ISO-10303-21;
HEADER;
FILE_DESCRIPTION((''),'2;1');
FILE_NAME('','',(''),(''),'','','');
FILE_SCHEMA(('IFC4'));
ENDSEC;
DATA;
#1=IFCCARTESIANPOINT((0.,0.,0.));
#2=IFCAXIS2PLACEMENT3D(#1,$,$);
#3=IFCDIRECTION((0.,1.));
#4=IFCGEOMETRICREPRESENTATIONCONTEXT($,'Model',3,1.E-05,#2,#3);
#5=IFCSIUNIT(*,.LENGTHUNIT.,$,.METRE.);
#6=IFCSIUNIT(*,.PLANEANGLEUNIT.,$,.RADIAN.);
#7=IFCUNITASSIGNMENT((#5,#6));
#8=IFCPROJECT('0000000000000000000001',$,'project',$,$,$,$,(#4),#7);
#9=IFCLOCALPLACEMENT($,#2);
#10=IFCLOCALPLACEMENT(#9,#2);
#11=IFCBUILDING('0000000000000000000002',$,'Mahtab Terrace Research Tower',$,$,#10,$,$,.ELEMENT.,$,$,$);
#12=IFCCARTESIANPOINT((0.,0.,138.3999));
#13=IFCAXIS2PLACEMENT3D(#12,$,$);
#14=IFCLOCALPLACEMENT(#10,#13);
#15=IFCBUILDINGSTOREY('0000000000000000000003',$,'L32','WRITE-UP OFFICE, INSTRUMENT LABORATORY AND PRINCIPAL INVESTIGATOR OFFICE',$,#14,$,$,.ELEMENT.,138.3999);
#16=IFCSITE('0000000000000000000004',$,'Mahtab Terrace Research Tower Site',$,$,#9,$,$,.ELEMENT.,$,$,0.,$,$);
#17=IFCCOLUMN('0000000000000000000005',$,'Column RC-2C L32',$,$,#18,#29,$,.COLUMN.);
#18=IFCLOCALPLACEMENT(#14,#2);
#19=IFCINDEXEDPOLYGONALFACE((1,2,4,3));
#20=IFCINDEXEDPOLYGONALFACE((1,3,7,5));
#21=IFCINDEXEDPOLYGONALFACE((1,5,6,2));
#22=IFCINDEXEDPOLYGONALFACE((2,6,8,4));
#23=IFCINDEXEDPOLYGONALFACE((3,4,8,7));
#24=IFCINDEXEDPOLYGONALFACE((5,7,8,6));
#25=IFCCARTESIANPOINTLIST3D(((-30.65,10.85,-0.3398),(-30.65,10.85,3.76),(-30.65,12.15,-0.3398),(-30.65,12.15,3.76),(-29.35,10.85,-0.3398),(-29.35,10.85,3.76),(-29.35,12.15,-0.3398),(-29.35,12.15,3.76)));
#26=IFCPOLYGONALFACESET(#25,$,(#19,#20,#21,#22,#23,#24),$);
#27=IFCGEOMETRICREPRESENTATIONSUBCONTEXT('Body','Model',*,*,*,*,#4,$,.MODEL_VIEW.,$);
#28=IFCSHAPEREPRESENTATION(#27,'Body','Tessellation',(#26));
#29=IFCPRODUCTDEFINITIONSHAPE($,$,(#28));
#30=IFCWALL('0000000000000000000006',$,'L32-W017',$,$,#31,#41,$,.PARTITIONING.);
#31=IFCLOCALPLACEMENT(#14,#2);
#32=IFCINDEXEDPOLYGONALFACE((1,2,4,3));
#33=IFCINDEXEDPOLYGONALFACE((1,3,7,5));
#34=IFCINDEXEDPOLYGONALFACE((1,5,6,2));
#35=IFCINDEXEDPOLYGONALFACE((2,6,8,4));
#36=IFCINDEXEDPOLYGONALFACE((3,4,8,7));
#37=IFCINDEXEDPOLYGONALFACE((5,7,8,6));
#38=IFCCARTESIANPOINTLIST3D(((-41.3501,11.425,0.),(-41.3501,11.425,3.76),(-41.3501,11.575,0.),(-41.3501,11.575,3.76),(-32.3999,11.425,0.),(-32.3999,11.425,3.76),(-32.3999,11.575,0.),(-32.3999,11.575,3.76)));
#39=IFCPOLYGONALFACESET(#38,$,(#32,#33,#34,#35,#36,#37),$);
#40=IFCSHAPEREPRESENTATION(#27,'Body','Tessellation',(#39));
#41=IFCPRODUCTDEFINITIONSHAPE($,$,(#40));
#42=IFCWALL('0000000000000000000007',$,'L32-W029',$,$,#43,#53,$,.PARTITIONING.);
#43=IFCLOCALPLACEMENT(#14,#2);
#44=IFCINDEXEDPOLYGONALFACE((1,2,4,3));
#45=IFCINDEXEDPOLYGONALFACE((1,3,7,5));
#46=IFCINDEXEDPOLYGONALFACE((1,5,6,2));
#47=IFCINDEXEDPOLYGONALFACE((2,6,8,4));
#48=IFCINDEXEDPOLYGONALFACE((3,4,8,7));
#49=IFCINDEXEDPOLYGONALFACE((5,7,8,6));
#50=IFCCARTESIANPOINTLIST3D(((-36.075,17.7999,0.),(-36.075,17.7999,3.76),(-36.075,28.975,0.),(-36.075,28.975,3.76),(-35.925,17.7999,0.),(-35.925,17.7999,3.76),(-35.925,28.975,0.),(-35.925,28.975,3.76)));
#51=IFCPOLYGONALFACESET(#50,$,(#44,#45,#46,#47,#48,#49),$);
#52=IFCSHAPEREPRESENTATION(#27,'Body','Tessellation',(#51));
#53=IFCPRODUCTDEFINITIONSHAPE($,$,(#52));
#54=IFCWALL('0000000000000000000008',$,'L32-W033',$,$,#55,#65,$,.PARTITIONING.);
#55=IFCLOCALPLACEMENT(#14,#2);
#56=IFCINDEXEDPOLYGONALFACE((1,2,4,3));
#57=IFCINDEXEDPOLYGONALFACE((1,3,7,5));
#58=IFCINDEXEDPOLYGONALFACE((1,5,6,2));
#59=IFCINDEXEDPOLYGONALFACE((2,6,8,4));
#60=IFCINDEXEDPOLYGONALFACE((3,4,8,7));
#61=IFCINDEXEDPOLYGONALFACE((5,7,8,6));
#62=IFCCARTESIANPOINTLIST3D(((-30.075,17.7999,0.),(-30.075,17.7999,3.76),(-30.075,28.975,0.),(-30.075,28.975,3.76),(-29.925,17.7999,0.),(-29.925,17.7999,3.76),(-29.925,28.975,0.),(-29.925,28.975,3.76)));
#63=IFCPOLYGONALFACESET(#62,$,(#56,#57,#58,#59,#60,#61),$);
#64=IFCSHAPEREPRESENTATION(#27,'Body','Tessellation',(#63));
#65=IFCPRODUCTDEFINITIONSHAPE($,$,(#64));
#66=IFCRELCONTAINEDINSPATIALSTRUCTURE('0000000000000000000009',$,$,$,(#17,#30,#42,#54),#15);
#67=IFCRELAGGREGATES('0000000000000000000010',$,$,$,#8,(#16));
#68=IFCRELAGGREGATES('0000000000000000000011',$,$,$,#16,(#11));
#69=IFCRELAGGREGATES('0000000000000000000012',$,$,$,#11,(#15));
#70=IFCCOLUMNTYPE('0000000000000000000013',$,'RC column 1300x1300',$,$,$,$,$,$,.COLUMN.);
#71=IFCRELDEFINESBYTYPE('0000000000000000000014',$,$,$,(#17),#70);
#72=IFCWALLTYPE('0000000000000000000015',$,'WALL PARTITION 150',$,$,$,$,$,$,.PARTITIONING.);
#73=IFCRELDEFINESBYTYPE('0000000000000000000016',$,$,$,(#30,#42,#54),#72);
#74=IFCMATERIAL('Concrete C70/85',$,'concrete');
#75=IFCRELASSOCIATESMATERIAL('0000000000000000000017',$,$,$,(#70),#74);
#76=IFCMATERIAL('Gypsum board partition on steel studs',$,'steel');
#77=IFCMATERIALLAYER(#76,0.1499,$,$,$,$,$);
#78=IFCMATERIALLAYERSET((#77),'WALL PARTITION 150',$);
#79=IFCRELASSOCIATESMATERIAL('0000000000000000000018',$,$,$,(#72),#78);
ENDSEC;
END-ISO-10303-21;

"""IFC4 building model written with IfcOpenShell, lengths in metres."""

from ifc_helpers import new_model, si_unit, direction, frame, frame_2d, origin, origin_2d, place, context, subcontext, project, spatial, rectangle, extrude, material, layer, layer_set, material_profile, profile_set, type_object, element, save


model = new_model("IFC4")

# Units and contexts
model_context = context("Model", 3, precision=1e-05, world=origin(), true_north=direction((0.0, 1.0)))
body_context = subcontext(model_context, "Body", "Model", "MODEL_VIEW")
ifc_project = project(units=[si_unit("LENGTHUNIT", "METRE"), si_unit("PLANEANGLEUNIT", "RADIAN")], contexts=[model_context])

# Site, building, storey
site_placement = place(None, origin())
site = spatial("IfcSite", under=ifc_project, at=site_placement, Name="Mahtab Terrace Research Tower Site", CompositionType="ELEMENT", RefElevation=0.0)
building_placement = place(site_placement, origin())
building = spatial("IfcBuilding", under=site, at=building_placement, Name="Mahtab Terrace Research Tower", CompositionType="ELEMENT")
storey_placement = place(building_placement, frame((0.0, 0.0, 138.3999)))
storey = spatial("IfcBuildingStorey", under=building, at=storey_placement, Name="L32", Description="WRITE-UP OFFICE, INSTRUMENT LABORATORY AND PRINCIPAL INVESTIGATOR OFFICE", CompositionType="ELEMENT", Elevation=138.3999)

# Column
ifc_material_1 = material(Name="Concrete C70/85", Category="concrete")
ifc_material_profile = material_profile(ifc_material_1, rectangle(XDim=1.3, YDim=1.3, at=origin_2d()), Name="RC column 1300x1300")
ifc_profile_set = profile_set([ifc_material_profile], Name="Concrete C70/85")
column_type = type_object("IfcColumnType", Name="RC column 1300x1300", PredefinedType="COLUMN", material=ifc_profile_set)
column_placement = place(storey_placement, frame((-30.0, 11.5, -0.3398), z_axis=(0.0, 0.0, 1.0), x_axis=(1.0, 0.0, 0.0)))
element("IfcColumn", 1, at=column_placement, inside=storey, type_object=column_type, Name="Column RC-2C L32", PredefinedType="COLUMN", context=body_context, shape_type="SweptSolid", body=[
    extrude(rectangle(XDim=1.3, YDim=1.3, at=origin_2d()), origin(), (0.0, 0.0, 1.0), 4.0999),
])

# Walls
ifc_material_2 = material(Name="Gypsum board partition on steel studs", Category="steel")
ifc_layer = layer(ifc_material_2, 0.1499)
ifc_layer_set = layer_set([ifc_layer], Name="WALL PARTITION 150")
wall_type = type_object("IfcWallType", Name="WALL PARTITION 150", PredefinedType="PARTITIONING", material=ifc_layer_set)
wall_placement = place(storey_placement, frame((-41.3501, 11.5, 0.0), z_axis=(0.0, 0.0, 1.0), x_axis=(1.0, 0.0, 0.0)))
element("IfcWall", 2, at=wall_placement, inside=storey, type_object=wall_type, Name="L32-W017", PredefinedType="PARTITIONING", context=body_context, shape_type="SweptSolid", body=[
    extrude(rectangle(XDim=8.9502, YDim=0.1499, at=frame_2d((4.4751, 0.0))), origin(), (0.0, 0.0, 1.0), 3.76),
])
for number, where, z_axis, x_axis, name in (
    (3, (-36.0, 17.8, 0.0), (0.0, 0.0, 1.0), (0.0, 1.0, 0.0), "L32-W029"),
    (4, (-30.0, 17.8, 0.0), (0.0, 0.0, 1.0), (0.0, 1.0, 0.0), "L32-W033"),
):
    element("IfcWall", number, at=place(storey_placement, frame(where, z_axis=z_axis, x_axis=x_axis)), inside=storey, type_object=wall_type, Name=name, PredefinedType="PARTITIONING", context=body_context, shape_type="SweptSolid", body=[
        extrude(rectangle(XDim=11.175, YDim=0.1499, at=frame_2d((5.5874, 0.0))), origin(), (0.0, 0.0, 1.0), 3.76),
    ])

save(model, "model.ifc")
